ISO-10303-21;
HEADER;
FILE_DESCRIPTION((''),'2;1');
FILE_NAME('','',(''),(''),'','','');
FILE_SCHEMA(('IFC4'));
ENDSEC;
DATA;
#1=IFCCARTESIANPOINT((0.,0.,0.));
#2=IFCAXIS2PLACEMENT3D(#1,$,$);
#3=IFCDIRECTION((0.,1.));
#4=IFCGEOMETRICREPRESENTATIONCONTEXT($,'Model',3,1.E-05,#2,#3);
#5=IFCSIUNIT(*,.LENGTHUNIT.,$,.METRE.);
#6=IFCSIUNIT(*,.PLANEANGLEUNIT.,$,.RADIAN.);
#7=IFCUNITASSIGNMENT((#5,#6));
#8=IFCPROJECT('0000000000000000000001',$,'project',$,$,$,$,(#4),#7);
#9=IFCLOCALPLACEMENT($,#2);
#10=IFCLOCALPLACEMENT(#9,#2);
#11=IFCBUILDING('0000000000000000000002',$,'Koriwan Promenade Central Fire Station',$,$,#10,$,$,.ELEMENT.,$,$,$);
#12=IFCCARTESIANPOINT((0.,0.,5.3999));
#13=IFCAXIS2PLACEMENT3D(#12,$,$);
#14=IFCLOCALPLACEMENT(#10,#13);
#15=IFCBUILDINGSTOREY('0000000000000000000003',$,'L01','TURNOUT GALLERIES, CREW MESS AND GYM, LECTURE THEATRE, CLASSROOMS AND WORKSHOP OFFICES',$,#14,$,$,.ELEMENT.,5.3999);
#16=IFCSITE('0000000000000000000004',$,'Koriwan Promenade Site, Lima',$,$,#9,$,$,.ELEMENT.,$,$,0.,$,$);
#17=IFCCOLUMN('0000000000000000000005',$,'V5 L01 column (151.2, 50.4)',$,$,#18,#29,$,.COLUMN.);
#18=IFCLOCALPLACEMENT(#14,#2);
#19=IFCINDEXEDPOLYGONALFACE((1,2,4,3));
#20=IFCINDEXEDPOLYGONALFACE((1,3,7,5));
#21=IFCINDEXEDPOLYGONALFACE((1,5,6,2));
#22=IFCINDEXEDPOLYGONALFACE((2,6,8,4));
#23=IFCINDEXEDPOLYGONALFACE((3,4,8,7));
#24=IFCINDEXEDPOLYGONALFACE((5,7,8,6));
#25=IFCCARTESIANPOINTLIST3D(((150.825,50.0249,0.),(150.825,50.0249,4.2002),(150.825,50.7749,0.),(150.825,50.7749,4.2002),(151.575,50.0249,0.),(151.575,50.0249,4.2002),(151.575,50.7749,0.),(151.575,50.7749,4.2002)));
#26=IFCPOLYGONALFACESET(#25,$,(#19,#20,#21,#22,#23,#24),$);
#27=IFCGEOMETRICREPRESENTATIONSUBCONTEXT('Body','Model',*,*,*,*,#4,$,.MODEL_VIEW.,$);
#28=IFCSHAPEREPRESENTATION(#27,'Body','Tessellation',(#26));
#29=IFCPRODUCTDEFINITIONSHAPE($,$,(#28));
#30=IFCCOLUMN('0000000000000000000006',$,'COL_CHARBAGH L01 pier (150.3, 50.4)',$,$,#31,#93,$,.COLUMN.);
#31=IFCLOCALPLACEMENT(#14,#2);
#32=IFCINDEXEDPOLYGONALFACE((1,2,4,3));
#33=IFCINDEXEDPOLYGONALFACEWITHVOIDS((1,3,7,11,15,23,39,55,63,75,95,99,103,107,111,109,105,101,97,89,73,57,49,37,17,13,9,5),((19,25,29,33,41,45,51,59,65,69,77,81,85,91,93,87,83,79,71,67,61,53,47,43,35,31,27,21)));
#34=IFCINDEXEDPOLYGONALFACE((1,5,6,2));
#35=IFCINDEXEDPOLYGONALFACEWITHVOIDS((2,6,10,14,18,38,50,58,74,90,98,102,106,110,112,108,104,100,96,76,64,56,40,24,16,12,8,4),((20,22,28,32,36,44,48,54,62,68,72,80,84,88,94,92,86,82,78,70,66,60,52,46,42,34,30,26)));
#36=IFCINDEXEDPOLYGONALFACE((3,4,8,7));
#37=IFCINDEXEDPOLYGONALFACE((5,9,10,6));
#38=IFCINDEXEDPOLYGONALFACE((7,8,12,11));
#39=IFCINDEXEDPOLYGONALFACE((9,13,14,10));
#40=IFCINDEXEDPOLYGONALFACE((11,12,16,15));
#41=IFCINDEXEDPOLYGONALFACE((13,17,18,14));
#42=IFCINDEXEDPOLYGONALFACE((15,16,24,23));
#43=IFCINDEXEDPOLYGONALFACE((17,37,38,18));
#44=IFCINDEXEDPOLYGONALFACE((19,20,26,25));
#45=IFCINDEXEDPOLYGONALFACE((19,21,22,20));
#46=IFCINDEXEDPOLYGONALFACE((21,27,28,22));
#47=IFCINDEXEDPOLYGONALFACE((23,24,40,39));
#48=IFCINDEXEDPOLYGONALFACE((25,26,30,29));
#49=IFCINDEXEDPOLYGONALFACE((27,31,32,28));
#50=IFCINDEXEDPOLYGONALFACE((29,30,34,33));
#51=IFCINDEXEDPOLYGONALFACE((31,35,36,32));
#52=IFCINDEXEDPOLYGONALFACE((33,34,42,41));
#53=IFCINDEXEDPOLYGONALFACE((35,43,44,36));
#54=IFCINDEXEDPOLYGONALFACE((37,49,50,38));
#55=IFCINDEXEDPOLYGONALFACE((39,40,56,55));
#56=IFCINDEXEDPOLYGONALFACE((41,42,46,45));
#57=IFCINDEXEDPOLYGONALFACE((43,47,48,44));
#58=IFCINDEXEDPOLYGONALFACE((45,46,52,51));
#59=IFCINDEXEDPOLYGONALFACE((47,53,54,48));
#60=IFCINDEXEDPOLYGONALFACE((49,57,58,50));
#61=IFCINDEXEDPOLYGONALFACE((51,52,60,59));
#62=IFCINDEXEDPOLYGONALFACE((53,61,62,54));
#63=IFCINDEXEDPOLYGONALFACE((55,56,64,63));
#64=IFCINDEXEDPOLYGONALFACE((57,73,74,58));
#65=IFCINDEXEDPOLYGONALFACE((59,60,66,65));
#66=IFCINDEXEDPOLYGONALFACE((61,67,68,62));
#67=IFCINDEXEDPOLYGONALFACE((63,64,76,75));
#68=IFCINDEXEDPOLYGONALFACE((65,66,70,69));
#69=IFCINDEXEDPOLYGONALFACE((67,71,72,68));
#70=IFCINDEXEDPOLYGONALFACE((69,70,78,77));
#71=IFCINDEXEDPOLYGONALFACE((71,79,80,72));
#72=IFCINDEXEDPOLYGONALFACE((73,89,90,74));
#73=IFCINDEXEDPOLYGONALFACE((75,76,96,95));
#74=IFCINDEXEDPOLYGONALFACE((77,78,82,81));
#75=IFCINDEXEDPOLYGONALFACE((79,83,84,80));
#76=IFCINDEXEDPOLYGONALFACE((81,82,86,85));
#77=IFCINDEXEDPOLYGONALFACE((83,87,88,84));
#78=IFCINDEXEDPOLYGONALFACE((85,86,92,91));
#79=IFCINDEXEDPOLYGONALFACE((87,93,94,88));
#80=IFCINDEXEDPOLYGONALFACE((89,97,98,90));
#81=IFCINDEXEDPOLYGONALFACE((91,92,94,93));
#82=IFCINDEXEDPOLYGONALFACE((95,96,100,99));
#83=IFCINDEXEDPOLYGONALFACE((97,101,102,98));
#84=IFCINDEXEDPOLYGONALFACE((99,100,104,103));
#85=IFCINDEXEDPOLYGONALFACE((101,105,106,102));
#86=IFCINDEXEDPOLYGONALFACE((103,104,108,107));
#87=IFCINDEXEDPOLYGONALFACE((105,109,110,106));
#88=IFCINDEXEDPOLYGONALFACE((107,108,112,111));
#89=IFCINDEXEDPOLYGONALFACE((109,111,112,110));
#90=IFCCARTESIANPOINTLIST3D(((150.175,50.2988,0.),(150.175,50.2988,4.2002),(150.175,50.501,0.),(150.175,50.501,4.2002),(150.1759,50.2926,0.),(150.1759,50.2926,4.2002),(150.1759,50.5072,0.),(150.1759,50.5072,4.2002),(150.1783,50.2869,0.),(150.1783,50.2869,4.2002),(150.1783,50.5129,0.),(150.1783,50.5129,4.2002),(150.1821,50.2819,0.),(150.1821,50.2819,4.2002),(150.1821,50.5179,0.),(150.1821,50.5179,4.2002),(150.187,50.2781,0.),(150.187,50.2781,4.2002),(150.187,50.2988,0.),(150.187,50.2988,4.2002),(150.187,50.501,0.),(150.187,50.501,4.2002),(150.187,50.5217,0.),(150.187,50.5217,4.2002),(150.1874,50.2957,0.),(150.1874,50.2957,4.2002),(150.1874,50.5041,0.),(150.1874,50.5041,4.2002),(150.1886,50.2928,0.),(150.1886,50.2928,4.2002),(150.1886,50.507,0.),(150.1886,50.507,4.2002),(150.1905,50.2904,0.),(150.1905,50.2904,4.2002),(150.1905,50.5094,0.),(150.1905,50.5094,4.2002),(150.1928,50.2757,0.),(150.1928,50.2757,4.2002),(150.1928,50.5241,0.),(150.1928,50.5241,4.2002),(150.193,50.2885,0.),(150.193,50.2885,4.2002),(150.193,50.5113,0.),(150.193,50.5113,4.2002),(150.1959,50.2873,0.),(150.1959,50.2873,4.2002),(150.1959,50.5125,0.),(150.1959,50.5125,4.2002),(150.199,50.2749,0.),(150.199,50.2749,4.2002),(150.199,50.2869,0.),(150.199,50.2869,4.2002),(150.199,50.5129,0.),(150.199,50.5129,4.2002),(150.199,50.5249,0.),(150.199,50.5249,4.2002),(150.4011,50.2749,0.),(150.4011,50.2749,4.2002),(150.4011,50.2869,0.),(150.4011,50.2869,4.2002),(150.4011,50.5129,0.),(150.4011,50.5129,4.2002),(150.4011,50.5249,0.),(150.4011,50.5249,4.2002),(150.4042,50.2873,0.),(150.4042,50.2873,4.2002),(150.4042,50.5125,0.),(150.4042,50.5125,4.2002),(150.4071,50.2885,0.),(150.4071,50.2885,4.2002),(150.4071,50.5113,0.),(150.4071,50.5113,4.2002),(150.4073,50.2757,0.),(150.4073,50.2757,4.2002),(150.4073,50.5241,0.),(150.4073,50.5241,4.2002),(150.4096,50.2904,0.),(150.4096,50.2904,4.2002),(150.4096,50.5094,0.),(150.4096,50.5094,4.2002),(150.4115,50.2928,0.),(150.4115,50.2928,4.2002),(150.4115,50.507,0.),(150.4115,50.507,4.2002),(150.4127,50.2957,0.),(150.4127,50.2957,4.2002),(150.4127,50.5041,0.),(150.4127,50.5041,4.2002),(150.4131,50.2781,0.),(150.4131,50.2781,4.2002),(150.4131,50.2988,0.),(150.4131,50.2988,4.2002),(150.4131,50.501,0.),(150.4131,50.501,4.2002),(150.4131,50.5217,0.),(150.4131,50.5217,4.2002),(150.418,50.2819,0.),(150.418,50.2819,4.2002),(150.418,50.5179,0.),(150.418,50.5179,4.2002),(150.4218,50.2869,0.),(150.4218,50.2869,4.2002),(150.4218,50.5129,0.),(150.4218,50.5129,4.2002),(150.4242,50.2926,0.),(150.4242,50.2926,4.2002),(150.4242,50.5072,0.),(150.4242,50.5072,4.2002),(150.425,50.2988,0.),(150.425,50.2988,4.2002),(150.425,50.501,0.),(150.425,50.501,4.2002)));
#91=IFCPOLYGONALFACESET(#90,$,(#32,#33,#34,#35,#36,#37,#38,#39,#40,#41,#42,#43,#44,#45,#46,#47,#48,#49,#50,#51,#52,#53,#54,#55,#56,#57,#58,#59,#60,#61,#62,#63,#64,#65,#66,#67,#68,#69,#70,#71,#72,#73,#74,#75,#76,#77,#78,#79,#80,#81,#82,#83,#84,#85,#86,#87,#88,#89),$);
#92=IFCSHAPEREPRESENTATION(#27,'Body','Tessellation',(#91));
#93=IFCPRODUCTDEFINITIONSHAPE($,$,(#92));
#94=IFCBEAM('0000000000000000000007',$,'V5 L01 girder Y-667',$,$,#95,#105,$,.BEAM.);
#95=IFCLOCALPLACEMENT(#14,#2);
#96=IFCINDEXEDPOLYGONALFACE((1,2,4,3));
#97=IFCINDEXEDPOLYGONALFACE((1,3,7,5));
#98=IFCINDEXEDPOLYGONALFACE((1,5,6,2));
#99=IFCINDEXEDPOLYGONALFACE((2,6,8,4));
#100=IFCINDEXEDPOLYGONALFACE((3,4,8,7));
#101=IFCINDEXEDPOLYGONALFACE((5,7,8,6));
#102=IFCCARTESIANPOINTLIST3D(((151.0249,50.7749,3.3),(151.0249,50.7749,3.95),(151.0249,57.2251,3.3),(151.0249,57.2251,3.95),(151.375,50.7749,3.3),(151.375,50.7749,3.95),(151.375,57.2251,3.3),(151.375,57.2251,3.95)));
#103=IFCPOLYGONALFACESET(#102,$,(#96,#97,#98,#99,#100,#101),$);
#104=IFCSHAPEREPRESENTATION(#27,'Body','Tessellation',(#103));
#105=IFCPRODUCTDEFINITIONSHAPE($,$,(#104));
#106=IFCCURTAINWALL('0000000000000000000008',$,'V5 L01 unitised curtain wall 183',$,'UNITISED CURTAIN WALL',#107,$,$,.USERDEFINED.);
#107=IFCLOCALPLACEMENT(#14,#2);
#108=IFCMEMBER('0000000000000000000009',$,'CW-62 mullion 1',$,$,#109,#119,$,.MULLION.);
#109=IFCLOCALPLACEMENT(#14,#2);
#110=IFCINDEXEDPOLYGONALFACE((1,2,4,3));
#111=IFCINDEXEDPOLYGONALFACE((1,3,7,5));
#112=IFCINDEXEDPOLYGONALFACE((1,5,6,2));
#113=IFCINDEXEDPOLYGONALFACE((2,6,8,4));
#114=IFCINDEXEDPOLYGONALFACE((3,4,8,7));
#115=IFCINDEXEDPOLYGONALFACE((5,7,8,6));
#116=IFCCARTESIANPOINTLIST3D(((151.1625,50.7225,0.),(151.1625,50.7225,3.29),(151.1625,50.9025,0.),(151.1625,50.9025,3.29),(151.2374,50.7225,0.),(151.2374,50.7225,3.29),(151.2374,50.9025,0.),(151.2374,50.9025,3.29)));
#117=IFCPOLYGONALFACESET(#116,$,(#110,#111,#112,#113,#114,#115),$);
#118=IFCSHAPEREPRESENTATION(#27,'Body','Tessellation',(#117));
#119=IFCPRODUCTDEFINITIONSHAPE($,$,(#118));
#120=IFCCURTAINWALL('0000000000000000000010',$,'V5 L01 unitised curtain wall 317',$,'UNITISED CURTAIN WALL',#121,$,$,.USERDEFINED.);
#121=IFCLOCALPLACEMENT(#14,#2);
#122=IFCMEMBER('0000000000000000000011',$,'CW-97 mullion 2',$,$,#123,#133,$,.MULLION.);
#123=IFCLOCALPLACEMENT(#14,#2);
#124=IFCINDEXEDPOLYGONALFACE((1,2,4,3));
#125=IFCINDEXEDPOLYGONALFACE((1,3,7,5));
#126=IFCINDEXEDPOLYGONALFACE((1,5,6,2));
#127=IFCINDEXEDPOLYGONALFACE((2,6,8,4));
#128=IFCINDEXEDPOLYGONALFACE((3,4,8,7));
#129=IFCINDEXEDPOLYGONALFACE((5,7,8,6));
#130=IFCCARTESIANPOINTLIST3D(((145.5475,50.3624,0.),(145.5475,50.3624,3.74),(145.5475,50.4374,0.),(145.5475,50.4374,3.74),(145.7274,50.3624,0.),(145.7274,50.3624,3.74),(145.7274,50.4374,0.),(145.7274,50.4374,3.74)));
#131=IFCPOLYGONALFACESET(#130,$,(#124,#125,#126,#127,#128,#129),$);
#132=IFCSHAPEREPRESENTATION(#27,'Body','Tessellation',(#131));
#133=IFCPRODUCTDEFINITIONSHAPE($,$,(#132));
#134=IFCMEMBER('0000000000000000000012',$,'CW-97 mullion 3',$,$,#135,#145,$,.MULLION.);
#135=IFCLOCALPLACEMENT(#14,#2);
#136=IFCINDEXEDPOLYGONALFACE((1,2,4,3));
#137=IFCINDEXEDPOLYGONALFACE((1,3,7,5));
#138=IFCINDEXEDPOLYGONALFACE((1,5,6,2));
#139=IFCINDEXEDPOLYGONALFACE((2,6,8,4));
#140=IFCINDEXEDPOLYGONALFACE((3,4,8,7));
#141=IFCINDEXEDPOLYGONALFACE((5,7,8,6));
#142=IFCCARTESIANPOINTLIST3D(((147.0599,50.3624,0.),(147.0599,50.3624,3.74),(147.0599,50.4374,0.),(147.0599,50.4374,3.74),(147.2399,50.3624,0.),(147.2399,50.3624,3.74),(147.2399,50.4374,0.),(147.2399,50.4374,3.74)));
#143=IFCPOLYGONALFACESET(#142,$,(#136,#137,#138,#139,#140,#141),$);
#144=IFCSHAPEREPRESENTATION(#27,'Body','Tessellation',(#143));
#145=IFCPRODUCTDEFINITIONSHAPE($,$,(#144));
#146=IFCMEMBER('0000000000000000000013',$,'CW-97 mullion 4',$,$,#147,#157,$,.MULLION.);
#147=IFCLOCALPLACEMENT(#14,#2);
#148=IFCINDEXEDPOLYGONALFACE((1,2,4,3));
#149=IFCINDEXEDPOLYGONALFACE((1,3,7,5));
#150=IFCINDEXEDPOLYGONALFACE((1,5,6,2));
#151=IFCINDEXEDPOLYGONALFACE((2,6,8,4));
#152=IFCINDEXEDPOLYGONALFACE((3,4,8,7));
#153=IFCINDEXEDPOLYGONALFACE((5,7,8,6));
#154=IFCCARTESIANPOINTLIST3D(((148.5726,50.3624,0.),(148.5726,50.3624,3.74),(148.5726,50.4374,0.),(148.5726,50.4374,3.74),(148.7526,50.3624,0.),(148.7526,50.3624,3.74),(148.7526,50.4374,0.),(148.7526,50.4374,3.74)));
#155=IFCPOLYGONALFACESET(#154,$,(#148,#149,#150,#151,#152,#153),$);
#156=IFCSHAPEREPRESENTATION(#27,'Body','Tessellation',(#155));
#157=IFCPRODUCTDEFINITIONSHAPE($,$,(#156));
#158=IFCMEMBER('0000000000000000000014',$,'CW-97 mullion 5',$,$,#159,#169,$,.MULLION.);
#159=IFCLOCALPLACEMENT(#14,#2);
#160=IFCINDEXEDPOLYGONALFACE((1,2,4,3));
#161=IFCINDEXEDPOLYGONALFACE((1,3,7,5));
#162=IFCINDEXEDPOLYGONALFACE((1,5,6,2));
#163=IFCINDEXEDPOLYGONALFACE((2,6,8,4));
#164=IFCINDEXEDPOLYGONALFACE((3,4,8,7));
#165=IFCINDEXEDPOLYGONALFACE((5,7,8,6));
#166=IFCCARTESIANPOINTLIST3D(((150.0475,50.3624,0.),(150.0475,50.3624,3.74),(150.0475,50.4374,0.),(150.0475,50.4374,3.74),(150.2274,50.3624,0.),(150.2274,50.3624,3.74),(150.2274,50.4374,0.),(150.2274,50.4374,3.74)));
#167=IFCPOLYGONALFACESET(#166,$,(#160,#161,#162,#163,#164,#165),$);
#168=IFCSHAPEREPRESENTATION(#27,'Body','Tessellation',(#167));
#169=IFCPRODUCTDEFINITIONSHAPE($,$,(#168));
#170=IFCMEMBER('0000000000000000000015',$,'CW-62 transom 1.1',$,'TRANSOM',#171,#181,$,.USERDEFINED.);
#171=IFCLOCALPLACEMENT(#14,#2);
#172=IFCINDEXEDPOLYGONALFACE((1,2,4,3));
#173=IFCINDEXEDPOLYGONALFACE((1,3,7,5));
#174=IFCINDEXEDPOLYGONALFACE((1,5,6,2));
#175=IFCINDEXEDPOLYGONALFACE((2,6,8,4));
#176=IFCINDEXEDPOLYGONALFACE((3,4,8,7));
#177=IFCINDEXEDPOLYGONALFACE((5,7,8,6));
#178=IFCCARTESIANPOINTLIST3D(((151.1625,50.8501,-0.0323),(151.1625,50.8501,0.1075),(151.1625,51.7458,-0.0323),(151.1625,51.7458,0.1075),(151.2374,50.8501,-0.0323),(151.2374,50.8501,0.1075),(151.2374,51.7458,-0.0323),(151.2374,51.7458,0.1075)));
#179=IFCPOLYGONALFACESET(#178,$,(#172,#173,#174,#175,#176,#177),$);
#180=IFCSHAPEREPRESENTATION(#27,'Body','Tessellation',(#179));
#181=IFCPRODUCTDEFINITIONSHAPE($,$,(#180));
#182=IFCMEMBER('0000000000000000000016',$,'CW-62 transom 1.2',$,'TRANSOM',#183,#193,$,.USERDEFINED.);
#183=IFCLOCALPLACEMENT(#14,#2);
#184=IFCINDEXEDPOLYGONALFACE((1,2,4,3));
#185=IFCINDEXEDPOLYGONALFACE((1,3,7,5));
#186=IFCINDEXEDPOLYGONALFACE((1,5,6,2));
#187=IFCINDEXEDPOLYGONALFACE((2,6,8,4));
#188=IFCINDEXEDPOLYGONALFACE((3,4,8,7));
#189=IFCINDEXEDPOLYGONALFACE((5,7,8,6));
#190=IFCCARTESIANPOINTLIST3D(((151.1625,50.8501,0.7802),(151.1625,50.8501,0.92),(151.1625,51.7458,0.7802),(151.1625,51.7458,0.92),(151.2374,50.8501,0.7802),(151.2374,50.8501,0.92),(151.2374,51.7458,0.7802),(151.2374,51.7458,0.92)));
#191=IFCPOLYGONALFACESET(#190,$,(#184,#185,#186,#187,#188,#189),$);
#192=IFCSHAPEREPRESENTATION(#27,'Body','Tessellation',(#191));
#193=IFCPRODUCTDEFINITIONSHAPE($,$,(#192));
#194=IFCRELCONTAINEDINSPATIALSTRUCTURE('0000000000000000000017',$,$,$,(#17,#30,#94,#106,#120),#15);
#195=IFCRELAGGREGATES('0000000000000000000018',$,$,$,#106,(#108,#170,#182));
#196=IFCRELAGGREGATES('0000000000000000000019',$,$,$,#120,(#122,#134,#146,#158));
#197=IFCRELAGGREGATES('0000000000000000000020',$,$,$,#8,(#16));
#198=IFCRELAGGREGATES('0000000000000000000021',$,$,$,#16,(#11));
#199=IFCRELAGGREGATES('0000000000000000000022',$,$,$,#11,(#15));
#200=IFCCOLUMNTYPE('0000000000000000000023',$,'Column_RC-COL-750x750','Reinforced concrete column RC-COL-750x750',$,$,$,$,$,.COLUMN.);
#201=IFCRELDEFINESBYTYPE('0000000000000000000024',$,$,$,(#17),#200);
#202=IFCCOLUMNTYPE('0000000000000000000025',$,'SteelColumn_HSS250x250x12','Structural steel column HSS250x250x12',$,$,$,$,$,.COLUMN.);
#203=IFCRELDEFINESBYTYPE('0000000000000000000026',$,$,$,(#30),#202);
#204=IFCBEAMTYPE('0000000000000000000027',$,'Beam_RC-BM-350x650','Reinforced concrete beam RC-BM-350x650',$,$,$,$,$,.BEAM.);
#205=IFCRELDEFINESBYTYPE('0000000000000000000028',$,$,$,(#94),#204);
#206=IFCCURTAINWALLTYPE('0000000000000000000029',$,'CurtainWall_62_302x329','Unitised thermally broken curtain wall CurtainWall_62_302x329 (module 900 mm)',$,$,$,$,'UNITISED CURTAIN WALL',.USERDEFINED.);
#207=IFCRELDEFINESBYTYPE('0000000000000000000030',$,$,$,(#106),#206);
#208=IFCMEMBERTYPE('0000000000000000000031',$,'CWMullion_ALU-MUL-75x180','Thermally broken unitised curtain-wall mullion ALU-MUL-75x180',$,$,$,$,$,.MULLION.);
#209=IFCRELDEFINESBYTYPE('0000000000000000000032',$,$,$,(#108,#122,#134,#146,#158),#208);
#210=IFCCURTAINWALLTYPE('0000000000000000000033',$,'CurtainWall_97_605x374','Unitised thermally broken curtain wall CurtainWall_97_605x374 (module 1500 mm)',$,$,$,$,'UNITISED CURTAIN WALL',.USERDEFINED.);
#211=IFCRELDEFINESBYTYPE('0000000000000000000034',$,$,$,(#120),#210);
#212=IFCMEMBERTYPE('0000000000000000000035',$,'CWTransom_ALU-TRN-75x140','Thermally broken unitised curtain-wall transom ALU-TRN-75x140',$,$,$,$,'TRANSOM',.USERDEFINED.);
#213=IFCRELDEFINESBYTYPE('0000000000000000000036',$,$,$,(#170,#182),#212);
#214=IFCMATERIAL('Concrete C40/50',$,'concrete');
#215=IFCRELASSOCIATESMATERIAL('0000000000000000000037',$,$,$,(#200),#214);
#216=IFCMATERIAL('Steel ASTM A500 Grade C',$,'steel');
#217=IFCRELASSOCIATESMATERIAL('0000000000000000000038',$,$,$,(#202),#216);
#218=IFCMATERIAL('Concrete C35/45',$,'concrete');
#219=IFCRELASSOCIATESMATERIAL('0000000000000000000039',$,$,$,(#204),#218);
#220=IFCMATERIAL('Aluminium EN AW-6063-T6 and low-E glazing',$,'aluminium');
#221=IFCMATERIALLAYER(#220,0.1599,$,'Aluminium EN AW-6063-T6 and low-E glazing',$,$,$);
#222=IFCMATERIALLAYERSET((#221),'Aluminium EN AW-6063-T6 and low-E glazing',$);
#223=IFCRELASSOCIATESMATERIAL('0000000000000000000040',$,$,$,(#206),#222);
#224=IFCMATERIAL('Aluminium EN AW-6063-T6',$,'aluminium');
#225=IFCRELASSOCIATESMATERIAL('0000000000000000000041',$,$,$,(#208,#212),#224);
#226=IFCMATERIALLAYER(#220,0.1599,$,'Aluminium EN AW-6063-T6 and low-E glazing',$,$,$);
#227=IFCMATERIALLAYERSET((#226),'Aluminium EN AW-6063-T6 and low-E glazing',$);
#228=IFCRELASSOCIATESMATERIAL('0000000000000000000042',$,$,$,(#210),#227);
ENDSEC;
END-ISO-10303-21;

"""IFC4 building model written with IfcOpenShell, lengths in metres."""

from ifc_helpers import new_model, si_unit, direction, frame, origin, origin_2d, place, context, subcontext, project, spatial, rectangle, hollow_rectangle, extrude, material, layer, layer_set, material_profile, profile_set, type_object, element, aggregate, save


model = new_model("IFC4")

# Units and contexts
model_context = context("Model", 3, precision=1e-05, world=origin(), true_north=direction((0.0, 1.0)))
body_context = subcontext(model_context, "Body", "Model", "MODEL_VIEW")
ifc_project = project(units=[si_unit("LENGTHUNIT", "METRE"), si_unit("PLANEANGLEUNIT", "RADIAN")], contexts=[model_context])

# Site, building, storey
site_placement = place(None, origin())
site = spatial("IfcSite", under=ifc_project, at=site_placement, Name="Koriwan Promenade Site, Lima", CompositionType="ELEMENT", RefElevation=0.0)
building_placement = place(site_placement, origin())
building = spatial("IfcBuilding", under=site, at=building_placement, Name="Koriwan Promenade Central Fire Station", CompositionType="ELEMENT")
storey_placement = place(building_placement, frame((0.0, 0.0, 5.3999)))
storey = spatial("IfcBuildingStorey", under=building, at=storey_placement, Name="L01", Description="TURNOUT GALLERIES, CREW MESS AND GYM, LECTURE THEATRE, CLASSROOMS AND WORKSHOP OFFICES", CompositionType="ELEMENT", Elevation=5.3999)

# Columns
ifc_material_1 = material(Name="Concrete C40/50", Category="concrete")
ifc_material_profile_1 = material_profile(ifc_material_1, rectangle(XDim=0.75, YDim=0.75, at=origin_2d()), Name="RC-COL-750x750")
ifc_profile_set_1 = profile_set([ifc_material_profile_1], Name="Concrete C40/50")
column_type_1 = type_object("IfcColumnType", Name="Column_RC-COL-750x750", Description="Reinforced concrete column RC-COL-750x750", PredefinedType="COLUMN", material=ifc_profile_set_1)
column_1_placement = place(storey_placement, frame((151.2, 50.3999, 0.0), z_axis=(0.0, 0.0, 1.0), x_axis=(1.0, 0.0, 0.0)))
element("IfcColumn", 1, at=column_1_placement, inside=storey, type_object=column_type_1, Name="V5 L01 column (151.2, 50.4)", PredefinedType="COLUMN", context=body_context, shape_type="SweptSolid", body=[
    extrude(rectangle(XDim=0.75, YDim=0.75, at=origin_2d()), origin(), (0.0, 0.0, 1.0), 4.2002),
])
ifc_material_2 = material(Name="Steel ASTM A500 Grade C", Category="steel")
ifc_material_profile_2 = material_profile(ifc_material_2, hollow_rectangle(XDim=0.25, YDim=0.25, WallThickness=0.012, InnerFilletRadius=0.012, OuterFilletRadius=0.0239, at=origin_2d()), Name="HSS250x250x12")
ifc_profile_set_2 = profile_set([ifc_material_profile_2], Name="Steel ASTM A500 Grade C")
column_type_2 = type_object("IfcColumnType", Name="SteelColumn_HSS250x250x12", Description="Structural steel column HSS250x250x12", PredefinedType="COLUMN", material=ifc_profile_set_2)
column_2_placement = place(storey_placement, frame((150.3, 50.3999, 0.0), z_axis=(0.0, 0.0, 1.0), x_axis=(1.0, 0.0, 0.0)))
element("IfcColumn", 2, at=column_2_placement, inside=storey, type_object=column_type_2, Name="COL_CHARBAGH L01 pier (150.3, 50.4)", PredefinedType="COLUMN", context=body_context, shape_type="SweptSolid", body=[
    extrude(hollow_rectangle(XDim=0.25, YDim=0.25, WallThickness=0.012, InnerFilletRadius=0.012, OuterFilletRadius=0.0239, at=origin_2d()), origin(), (0.0, 0.0, 1.0), 4.2002),
])

# Beam
ifc_material_3 = material(Name="Concrete C35/45", Category="concrete")
ifc_material_profile_3 = material_profile(ifc_material_3, rectangle(XDim=0.3501, YDim=0.6499, at=origin_2d()), Name="RC-BM-350x650")
ifc_profile_set_3 = profile_set([ifc_material_profile_3], Name="Concrete C35/45")
beam_type = type_object("IfcBeamType", Name="Beam_RC-BM-350x650", Description="Reinforced concrete beam RC-BM-350x650", PredefinedType="BEAM", material=ifc_profile_set_3)
beam_placement = place(storey_placement, frame((151.2, 50.7749, 3.625), z_axis=(0.0, 1.0, 0.0), x_axis=(-1.0, 0.0, 0.0)))
element("IfcBeam", 3, at=beam_placement, inside=storey, type_object=beam_type, Name="V5 L01 girder Y-667", PredefinedType="BEAM", context=body_context, shape_type="SweptSolid", body=[
    extrude(rectangle(XDim=0.3501, YDim=0.6499, at=origin_2d()), origin(), (0.0, 0.0, 1.0), 6.4502),
])

# Curtain wall, member
ifc_material_4 = material(Name="Aluminium EN AW-6063-T6 and low-E glazing", Category="aluminium")
ifc_layer_1 = layer(ifc_material_4, 0.1599, Name="Aluminium EN AW-6063-T6 and low-E glazing")
ifc_layer_set_1 = layer_set([ifc_layer_1], Name="Aluminium EN AW-6063-T6 and low-E glazing")
curtain_wall_type_1 = type_object("IfcCurtainWallType", Name="CurtainWall_62_302x329", Description="Unitised thermally broken curtain wall CurtainWall_62_302x329 (module 900 mm)", ElementType="UNITISED CURTAIN WALL", PredefinedType="USERDEFINED", material=ifc_layer_set_1)
curtain_wall_1_placement = place(storey_placement, origin())
curtain_wall_1 = element("IfcCurtainWall", 4, at=curtain_wall_1_placement, inside=storey, type_object=curtain_wall_type_1, Name="V5 L01 unitised curtain wall 183", ObjectType="UNITISED CURTAIN WALL", PredefinedType="USERDEFINED")
ifc_material_5 = material(Name="Aluminium EN AW-6063-T6", Category="aluminium")
ifc_material_profile_4 = material_profile(ifc_material_5, rectangle(XDim=0.075, YDim=0.1799, at=origin_2d()), Name="ALU-MUL-75x180")
ifc_profile_set_4 = profile_set([ifc_material_profile_4], Name="Aluminium EN AW-6063-T6")
member_type_1 = type_object("IfcMemberType", Name="CWMullion_ALU-MUL-75x180", Description="Thermally broken unitised curtain-wall mullion ALU-MUL-75x180", PredefinedType="MULLION", material=ifc_profile_set_4)
member_1_placement = place(storey_placement, frame((151.2, 50.8125, 0.0), z_axis=(0.0, 0.0, 1.0), x_axis=(-1.0, 0.0, 0.0)))
member_1 = element("IfcMember", 5, at=member_1_placement, type_object=member_type_1, Name="CW-62 mullion 1", PredefinedType="MULLION", context=body_context, shape_type="SweptSolid", body=[
    extrude(rectangle(XDim=0.075, YDim=0.1799, at=origin_2d()), origin(), (0.0, 0.0, 1.0), 3.29),
])

# Curtain wall, members
ifc_layer_2 = layer(ifc_material_4, 0.1599, Name="Aluminium EN AW-6063-T6 and low-E glazing")
ifc_layer_set_2 = layer_set([ifc_layer_2], Name="Aluminium EN AW-6063-T6 and low-E glazing")
curtain_wall_type_2 = type_object("IfcCurtainWallType", Name="CurtainWall_97_605x374", Description="Unitised thermally broken curtain wall CurtainWall_97_605x374 (module 1500 mm)", ElementType="UNITISED CURTAIN WALL", PredefinedType="USERDEFINED", material=ifc_layer_set_2)
curtain_wall_2_placement = place(storey_placement, origin())
curtain_wall_2 = element("IfcCurtainWall", 6, at=curtain_wall_2_placement, inside=storey, type_object=curtain_wall_type_2, Name="V5 L01 unitised curtain wall 317", ObjectType="UNITISED CURTAIN WALL", PredefinedType="USERDEFINED")
member_2_placement = place(storey_placement, frame((145.6375, 50.3999, 0.0), z_axis=(0.0, 0.0, 1.0), x_axis=(0.0, 1.0, 0.0)))
member_2 = element("IfcMember", 7, at=member_2_placement, type_object=member_type_1, Name="CW-97 mullion 2", PredefinedType="MULLION", context=body_context, shape_type="SweptSolid", body=[
    extrude(rectangle(XDim=0.075, YDim=0.1799, at=origin_2d()), origin(), (0.0, 0.0, 1.0), 3.74),
])
member_3_placement = place(storey_placement, frame((147.1499, 50.3999, 0.0), z_axis=(0.0, 0.0, 1.0), x_axis=(0.0, 1.0, 0.0)))
member_3 = element("IfcMember", 8, at=member_3_placement, type_object=member_type_1, Name="CW-97 mullion 3", PredefinedType="MULLION", context=body_context, shape_type="SweptSolid", body=[
    extrude(rectangle(XDim=0.075, YDim=0.1799, at=origin_2d()), origin(), (0.0, 0.0, 1.0), 3.74),
])
member_4_placement = place(storey_placement, frame((148.6626, 50.3999, 0.0), z_axis=(0.0, 0.0, 1.0), x_axis=(0.0, 1.0, 0.0)))
member_4 = element("IfcMember", 9, at=member_4_placement, type_object=member_type_1, Name="CW-97 mullion 4", PredefinedType="MULLION", context=body_context, shape_type="SweptSolid", body=[
    extrude(rectangle(XDim=0.075, YDim=0.1799, at=origin_2d()), origin(), (0.0, 0.0, 1.0), 3.74),
])
member_5_placement = place(storey_placement, frame((150.1375, 50.3999, 0.0), z_axis=(0.0, 0.0, 1.0), x_axis=(0.0, 1.0, 0.0)))
member_5 = element("IfcMember", 10, at=member_5_placement, type_object=member_type_1, Name="CW-97 mullion 5", PredefinedType="MULLION", context=body_context, shape_type="SweptSolid", body=[
    extrude(rectangle(XDim=0.075, YDim=0.1799, at=origin_2d()), origin(), (0.0, 0.0, 1.0), 3.74),
])

# Members
ifc_material_profile_5 = material_profile(ifc_material_5, rectangle(XDim=0.075, YDim=0.1399, at=origin_2d()), Name="ALU-TRN-75x140")
ifc_profile_set_5 = profile_set([ifc_material_profile_5], Name="Aluminium EN AW-6063-T6")
member_type_2 = type_object("IfcMemberType", Name="CWTransom_ALU-TRN-75x140", Description="Thermally broken unitised curtain-wall transom ALU-TRN-75x140", ElementType="TRANSOM", PredefinedType="USERDEFINED", material=ifc_profile_set_5)
member_6_placement = place(storey_placement, frame((151.2, 50.8501, 0.0376), z_axis=(0.0, 1.0, 0.0), x_axis=(-1.0, 0.0, 0.0)))
member_6 = element("IfcMember", 11, at=member_6_placement, type_object=member_type_2, Name="CW-62 transom 1.1", ObjectType="TRANSOM", PredefinedType="USERDEFINED", context=body_context, shape_type="SweptSolid", body=[
    extrude(rectangle(XDim=0.075, YDim=0.1399, at=origin_2d()), origin(), (0.0, 0.0, 1.0), 0.8958),
])
member_7_placement = place(storey_placement, frame((151.2, 50.8501, 0.8501), z_axis=(0.0, 1.0, 0.0), x_axis=(-1.0, 0.0, 0.0)))
member_7 = element("IfcMember", 12, at=member_7_placement, type_object=member_type_2, Name="CW-62 transom 1.2", ObjectType="TRANSOM", PredefinedType="USERDEFINED", context=body_context, shape_type="SweptSolid", body=[
    extrude(rectangle(XDim=0.075, YDim=0.1399, at=origin_2d()), origin(), (0.0, 0.0, 1.0), 0.8958),
])
aggregate(curtain_wall_1, [member_1, member_6, member_7])

aggregate(curtain_wall_2, [member_2, member_3, member_4, member_5])

save(model, "model.ifc")
